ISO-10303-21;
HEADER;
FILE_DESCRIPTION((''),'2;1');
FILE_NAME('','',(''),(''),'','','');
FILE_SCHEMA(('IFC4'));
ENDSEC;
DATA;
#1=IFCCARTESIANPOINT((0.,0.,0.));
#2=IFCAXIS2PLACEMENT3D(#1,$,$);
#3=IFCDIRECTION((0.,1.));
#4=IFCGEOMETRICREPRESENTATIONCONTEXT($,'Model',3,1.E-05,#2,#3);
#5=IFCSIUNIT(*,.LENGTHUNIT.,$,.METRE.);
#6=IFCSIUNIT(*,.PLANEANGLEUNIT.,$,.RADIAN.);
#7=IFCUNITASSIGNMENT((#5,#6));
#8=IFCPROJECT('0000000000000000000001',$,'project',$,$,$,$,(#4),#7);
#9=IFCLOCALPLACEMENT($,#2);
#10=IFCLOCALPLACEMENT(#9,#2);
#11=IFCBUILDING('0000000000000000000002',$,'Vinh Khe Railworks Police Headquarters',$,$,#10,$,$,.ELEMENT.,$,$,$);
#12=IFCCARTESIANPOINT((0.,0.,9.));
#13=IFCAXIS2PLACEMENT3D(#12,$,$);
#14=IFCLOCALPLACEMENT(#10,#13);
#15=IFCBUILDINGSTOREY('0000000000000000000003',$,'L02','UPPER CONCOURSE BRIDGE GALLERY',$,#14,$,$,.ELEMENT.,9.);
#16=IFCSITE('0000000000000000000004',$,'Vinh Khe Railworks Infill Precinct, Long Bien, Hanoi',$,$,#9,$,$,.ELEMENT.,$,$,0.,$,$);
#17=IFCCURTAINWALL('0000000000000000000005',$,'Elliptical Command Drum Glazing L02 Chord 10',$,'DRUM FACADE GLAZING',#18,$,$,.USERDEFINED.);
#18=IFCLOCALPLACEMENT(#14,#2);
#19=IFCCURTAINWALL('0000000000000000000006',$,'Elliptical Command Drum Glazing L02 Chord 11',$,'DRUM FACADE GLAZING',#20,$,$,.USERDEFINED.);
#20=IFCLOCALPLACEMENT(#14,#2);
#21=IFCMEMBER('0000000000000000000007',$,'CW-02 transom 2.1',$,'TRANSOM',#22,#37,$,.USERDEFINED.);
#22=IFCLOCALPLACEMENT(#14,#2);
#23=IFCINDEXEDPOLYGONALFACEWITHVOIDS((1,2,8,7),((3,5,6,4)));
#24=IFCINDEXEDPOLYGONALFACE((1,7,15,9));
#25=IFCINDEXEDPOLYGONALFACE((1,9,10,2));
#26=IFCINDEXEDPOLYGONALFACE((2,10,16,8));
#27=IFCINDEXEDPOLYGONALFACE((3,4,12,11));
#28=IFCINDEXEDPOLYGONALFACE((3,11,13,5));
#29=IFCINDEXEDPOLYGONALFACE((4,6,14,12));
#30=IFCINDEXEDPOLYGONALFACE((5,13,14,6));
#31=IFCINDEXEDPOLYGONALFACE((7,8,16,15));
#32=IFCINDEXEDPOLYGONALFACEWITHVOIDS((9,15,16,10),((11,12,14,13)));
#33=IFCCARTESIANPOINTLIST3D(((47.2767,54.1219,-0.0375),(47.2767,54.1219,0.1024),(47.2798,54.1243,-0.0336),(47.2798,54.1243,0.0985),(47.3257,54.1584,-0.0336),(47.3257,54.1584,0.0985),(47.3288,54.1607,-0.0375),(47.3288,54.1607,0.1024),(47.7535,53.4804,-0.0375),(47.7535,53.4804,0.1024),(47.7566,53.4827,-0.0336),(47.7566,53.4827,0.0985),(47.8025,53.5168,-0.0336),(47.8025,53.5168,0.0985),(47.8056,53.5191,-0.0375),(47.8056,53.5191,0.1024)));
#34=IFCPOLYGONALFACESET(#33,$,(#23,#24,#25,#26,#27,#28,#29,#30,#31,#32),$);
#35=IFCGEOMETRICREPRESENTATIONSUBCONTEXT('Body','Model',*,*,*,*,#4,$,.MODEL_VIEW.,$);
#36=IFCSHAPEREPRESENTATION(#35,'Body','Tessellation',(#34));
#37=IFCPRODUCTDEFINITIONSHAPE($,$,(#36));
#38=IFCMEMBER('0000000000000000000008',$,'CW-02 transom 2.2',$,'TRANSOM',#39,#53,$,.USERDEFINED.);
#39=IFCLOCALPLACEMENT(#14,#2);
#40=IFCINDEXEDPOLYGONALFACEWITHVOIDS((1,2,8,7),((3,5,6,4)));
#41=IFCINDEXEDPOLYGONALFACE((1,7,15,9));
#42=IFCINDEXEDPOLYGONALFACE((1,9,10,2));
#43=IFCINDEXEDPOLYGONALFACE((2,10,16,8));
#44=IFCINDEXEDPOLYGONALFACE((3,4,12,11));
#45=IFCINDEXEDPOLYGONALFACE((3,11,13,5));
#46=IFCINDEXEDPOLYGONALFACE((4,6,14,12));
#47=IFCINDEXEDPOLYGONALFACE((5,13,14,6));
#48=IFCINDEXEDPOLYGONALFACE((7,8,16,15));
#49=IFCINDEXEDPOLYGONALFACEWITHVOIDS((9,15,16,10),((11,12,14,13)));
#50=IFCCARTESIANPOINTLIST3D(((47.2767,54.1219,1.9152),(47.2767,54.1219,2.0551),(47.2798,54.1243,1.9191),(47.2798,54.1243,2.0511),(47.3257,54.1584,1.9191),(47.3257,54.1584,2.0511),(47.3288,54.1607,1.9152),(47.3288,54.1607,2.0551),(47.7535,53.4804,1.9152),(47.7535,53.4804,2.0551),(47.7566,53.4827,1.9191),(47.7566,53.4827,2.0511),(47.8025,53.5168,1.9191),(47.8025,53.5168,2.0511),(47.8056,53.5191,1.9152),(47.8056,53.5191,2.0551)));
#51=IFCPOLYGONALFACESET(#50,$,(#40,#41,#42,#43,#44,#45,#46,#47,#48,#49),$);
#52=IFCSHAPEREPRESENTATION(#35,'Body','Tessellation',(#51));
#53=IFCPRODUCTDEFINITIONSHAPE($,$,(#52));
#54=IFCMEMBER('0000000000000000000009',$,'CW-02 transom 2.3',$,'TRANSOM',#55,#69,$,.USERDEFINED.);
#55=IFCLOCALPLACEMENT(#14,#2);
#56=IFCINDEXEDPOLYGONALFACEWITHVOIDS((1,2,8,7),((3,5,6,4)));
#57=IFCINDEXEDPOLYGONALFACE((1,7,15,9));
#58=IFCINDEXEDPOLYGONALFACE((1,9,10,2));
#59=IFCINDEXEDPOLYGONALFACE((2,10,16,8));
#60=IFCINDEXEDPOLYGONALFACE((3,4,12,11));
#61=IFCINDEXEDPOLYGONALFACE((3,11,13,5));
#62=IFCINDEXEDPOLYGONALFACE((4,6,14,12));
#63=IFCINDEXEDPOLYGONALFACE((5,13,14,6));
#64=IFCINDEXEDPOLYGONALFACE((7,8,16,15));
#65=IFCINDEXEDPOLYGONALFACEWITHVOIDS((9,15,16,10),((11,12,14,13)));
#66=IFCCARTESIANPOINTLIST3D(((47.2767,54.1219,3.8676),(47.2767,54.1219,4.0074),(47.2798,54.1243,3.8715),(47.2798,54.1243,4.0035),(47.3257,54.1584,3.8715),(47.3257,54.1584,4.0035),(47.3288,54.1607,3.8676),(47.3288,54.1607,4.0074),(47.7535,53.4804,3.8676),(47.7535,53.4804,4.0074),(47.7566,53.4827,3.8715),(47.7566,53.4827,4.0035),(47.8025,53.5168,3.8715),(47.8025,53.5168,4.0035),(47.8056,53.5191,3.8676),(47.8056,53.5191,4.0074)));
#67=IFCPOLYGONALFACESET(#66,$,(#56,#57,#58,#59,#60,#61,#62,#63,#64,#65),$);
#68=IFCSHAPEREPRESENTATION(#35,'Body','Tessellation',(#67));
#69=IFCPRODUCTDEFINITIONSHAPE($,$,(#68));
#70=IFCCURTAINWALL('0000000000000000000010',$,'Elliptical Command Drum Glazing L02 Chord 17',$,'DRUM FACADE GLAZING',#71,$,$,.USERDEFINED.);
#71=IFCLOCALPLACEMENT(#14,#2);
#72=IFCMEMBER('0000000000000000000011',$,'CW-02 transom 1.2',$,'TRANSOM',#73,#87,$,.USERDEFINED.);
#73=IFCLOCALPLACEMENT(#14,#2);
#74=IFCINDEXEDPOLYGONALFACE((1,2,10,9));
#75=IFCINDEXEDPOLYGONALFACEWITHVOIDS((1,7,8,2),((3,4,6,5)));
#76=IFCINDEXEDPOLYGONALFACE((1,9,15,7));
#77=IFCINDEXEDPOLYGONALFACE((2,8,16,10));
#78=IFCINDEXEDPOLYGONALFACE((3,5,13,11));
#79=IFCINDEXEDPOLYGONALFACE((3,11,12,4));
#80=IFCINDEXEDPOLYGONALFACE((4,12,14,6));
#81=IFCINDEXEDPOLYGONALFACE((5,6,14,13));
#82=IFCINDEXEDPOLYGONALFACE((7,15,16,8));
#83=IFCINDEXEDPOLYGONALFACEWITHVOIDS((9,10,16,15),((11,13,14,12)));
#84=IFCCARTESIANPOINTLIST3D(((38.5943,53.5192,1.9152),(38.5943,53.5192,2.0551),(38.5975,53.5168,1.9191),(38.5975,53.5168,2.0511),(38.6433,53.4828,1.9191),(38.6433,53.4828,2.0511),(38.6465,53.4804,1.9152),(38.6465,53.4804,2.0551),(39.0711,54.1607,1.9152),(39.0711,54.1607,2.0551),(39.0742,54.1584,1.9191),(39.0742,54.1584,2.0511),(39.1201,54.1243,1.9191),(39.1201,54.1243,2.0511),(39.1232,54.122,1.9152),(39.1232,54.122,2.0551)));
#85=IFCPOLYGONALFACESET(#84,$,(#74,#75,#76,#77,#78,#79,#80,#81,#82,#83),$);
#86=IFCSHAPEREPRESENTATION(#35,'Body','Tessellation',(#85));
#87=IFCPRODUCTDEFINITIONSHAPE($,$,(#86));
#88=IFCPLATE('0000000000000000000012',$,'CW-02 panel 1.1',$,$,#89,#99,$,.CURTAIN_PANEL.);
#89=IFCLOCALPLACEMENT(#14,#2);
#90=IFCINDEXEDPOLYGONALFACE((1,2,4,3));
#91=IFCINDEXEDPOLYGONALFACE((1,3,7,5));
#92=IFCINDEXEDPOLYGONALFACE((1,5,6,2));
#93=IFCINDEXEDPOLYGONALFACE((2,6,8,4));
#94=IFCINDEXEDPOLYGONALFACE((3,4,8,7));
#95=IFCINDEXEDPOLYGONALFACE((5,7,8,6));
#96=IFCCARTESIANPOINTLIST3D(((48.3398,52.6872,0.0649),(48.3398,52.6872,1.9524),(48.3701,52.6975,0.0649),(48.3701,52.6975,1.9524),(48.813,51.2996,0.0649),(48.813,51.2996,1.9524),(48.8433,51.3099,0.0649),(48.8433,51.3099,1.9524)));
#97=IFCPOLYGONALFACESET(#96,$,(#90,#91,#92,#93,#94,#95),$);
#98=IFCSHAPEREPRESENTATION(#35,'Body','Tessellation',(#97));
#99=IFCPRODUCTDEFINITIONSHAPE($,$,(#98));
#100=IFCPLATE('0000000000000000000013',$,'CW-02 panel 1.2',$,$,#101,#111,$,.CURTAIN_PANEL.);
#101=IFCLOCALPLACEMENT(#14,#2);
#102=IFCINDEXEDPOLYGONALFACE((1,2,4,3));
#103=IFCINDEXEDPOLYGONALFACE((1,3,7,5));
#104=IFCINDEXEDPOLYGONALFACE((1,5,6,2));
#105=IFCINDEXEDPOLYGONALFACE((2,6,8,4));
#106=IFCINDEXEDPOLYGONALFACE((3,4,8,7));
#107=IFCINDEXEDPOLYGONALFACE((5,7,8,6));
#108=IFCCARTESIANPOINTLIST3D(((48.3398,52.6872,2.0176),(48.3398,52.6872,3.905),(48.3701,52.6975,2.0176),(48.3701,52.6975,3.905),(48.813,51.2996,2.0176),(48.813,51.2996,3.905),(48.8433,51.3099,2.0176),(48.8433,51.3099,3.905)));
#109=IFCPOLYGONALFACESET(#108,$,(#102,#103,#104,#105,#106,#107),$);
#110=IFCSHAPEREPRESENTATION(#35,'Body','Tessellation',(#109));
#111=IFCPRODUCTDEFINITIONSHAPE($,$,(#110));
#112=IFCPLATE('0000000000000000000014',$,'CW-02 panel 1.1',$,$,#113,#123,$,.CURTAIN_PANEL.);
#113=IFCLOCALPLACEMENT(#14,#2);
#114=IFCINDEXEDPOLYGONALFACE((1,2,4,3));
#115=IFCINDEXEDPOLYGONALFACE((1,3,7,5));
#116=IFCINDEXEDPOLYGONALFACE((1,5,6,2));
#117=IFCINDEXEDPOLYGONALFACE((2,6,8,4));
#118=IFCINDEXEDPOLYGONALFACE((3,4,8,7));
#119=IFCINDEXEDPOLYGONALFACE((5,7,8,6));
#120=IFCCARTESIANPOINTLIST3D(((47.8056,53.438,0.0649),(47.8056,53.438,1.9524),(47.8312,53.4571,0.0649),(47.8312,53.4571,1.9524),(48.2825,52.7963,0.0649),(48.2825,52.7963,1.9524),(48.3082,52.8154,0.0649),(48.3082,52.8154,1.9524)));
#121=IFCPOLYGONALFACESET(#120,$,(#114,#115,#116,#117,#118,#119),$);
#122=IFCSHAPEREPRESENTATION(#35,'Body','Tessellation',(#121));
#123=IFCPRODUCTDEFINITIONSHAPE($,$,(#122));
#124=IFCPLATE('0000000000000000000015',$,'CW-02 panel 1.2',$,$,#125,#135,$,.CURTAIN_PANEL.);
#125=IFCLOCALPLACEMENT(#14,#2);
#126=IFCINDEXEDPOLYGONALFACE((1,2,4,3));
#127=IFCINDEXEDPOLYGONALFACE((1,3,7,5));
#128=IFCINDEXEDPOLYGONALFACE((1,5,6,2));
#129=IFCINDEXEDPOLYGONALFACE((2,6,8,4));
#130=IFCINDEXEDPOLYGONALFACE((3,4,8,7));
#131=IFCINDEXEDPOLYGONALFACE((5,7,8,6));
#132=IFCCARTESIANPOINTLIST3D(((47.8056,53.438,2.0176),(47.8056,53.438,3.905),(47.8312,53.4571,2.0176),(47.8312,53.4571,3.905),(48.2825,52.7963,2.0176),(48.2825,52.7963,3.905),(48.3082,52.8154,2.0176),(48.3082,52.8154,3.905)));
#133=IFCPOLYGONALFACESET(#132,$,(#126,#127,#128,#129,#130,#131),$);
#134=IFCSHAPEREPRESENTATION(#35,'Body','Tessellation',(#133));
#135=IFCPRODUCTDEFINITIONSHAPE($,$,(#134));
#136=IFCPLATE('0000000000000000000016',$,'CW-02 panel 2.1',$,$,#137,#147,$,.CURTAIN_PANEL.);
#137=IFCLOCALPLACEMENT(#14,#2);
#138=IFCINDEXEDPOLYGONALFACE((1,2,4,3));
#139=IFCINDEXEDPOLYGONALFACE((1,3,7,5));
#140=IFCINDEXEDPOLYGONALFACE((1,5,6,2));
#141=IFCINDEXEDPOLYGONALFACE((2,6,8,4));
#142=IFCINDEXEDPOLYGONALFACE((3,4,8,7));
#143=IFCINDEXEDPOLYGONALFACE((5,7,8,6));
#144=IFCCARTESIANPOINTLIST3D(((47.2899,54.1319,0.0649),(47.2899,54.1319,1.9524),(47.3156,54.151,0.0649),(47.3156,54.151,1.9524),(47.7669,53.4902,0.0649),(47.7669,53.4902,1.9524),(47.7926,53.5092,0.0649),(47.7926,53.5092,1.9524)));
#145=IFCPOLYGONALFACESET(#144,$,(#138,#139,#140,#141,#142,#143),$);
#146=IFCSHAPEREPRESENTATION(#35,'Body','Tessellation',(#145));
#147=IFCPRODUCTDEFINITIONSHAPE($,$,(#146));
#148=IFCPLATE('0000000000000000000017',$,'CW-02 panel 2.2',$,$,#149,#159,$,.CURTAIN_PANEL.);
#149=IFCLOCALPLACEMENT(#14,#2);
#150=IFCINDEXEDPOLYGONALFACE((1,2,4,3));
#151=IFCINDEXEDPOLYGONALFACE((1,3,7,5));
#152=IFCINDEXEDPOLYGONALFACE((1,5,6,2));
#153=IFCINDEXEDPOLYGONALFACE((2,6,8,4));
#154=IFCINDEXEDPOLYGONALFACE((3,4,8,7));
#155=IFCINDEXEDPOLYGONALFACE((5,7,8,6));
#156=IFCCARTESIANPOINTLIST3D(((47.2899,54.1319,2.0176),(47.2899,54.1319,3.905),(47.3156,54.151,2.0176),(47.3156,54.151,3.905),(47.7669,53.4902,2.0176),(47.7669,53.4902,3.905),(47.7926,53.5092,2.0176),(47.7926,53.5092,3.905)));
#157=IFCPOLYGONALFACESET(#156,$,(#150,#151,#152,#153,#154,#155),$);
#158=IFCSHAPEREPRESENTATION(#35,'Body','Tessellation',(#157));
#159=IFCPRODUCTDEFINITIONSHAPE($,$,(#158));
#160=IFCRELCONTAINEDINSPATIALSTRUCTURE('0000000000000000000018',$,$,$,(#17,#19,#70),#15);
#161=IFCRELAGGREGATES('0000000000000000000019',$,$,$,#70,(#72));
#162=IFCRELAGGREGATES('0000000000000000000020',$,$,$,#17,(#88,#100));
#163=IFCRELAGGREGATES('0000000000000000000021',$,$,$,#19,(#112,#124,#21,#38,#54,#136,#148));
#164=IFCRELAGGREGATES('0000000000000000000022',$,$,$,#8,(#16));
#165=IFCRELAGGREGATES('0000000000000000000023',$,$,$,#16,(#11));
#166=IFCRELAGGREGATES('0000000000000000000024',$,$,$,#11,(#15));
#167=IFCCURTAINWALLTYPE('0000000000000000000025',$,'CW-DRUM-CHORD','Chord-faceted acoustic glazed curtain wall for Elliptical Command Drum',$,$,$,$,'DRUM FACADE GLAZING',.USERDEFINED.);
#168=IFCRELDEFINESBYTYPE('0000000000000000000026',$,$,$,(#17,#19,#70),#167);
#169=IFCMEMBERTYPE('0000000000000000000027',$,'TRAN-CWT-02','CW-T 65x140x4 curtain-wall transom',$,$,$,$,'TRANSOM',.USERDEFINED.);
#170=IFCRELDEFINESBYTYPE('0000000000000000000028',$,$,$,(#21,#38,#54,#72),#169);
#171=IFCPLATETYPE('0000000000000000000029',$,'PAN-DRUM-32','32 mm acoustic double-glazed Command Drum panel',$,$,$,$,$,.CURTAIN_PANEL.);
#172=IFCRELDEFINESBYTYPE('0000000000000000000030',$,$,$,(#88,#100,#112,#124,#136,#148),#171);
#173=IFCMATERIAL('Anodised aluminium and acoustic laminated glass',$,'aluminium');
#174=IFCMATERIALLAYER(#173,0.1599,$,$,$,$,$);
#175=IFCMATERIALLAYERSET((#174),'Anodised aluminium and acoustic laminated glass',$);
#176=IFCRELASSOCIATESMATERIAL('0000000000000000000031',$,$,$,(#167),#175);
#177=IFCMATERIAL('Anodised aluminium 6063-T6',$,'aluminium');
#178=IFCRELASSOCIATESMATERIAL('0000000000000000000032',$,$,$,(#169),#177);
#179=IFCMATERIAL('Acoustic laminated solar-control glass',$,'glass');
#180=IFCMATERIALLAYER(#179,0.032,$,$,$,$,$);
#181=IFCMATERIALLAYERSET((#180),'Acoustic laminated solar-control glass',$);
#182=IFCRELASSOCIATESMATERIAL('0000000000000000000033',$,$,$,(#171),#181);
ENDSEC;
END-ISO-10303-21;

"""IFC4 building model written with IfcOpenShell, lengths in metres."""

from ifc_helpers import new_model, si_unit, direction, frame, origin, origin_2d, place, context, subcontext, project, spatial, rectangle, hollow_rectangle, extrude, material, layer, layer_set, material_profile, profile_set, type_object, element, aggregate, save


model = new_model("IFC4")

# Units and contexts
model_context = context("Model", 3, precision=1e-05, world=origin(), true_north=direction((0.0, 1.0)))
body_context = subcontext(model_context, "Body", "Model", "MODEL_VIEW")
ifc_project = project(units=[si_unit("LENGTHUNIT", "METRE"), si_unit("PLANEANGLEUNIT", "RADIAN")], contexts=[model_context])

# Site, building, storey
site_placement = place(None, origin())
site = spatial("IfcSite", under=ifc_project, at=site_placement, Name="Vinh Khe Railworks Infill Precinct, Long Bien, Hanoi", CompositionType="ELEMENT", RefElevation=0.0)
building_placement = place(site_placement, origin())
building = spatial("IfcBuilding", under=site, at=building_placement, Name="Vinh Khe Railworks Police Headquarters", CompositionType="ELEMENT")
storey_placement = place(building_placement, frame((0.0, 0.0, 9.0)))
storey = spatial("IfcBuildingStorey", under=building, at=storey_placement, Name="L02", Description="UPPER CONCOURSE BRIDGE GALLERY", CompositionType="ELEMENT", Elevation=9.0)

# Curtain wall
ifc_material_1 = material(Name="Anodised aluminium and acoustic laminated glass", Category="aluminium")
ifc_layer_1 = layer(ifc_material_1, 0.1599)
ifc_layer_set_1 = layer_set([ifc_layer_1], Name="Anodised aluminium and acoustic laminated glass")
curtain_wall_type = type_object("IfcCurtainWallType", Name="CW-DRUM-CHORD", Description="Chord-faceted acoustic glazed curtain wall for Elliptical Command Drum", ElementType="DRUM FACADE GLAZING", PredefinedType="USERDEFINED", material=ifc_layer_set_1)
curtain_wall_1_placement = place(storey_placement, origin())
curtain_wall_1 = element("IfcCurtainWall", 1, at=curtain_wall_1_placement, inside=storey, type_object=curtain_wall_type, Name="Elliptical Command Drum Glazing L02 Chord 10", ObjectType="DRUM FACADE GLAZING", PredefinedType="USERDEFINED")
ifc_material_2 = material(Name="Anodised aluminium 6063-T6", Category="aluminium")

# Curtain wall
curtain_wall_2_placement = place(storey_placement, origin())
curtain_wall_2 = element("IfcCurtainWall", 2, at=curtain_wall_2_placement, inside=storey, type_object=curtain_wall_type, Name="Elliptical Command Drum Glazing L02 Chord 11", ObjectType="DRUM FACADE GLAZING", PredefinedType="USERDEFINED")

# Members
ifc_material_profile_1 = material_profile(ifc_material_2, hollow_rectangle(XDim=0.0649, YDim=0.1399, WallThickness=0.0039, at=origin_2d()), Name="CW-T 65x140x4")
ifc_profile_set_1 = profile_set([ifc_material_profile_1], Name="Anodised aluminium 6063-T6")
member_type_1 = type_object("IfcMemberType", Name="TRAN-CWT-02", Description="CW-T 65x140x4 curtain-wall transom", ElementType="TRANSOM", PredefinedType="USERDEFINED", material=ifc_profile_set_1)
member_1_placement = place(storey_placement, frame((47.7795, 53.4998, 0.0325), z_axis=(-0.596476, 0.802631, 0.0), x_axis=(-0.802631, -0.596476, 0.0)))
member_1 = element("IfcMember", 3, at=member_1_placement, type_object=member_type_1, Name="CW-02 transom 2.1", ObjectType="TRANSOM", PredefinedType="USERDEFINED", context=body_context, shape_type="SweptSolid", body=[
    extrude(hollow_rectangle(XDim=0.0649, YDim=0.1399, WallThickness=0.0039, at=origin_2d()), origin(), (0.0, 0.0, 1.0), 0.7993),
])
member_2_placement = place(storey_placement, frame((47.7795, 53.4998, 1.9851), z_axis=(-0.596476, 0.802631, 0.0), x_axis=(-0.802631, -0.596476, 0.0)))
member_2 = element("IfcMember", 4, at=member_2_placement, type_object=member_type_1, Name="CW-02 transom 2.2", ObjectType="TRANSOM", PredefinedType="USERDEFINED", context=body_context, shape_type="SweptSolid", body=[
    extrude(hollow_rectangle(XDim=0.0649, YDim=0.1399, WallThickness=0.0039, at=origin_2d()), origin(), (0.0, 0.0, 1.0), 0.7993),
])
member_3_placement = place(storey_placement, frame((47.7795, 53.4998, 3.9375), z_axis=(-0.596476, 0.802631, 0.0), x_axis=(-0.802631, -0.596476, 0.0)))
member_3 = element("IfcMember", 5, at=member_3_placement, type_object=member_type_1, Name="CW-02 transom 2.3", ObjectType="TRANSOM", PredefinedType="USERDEFINED", context=body_context, shape_type="SweptSolid", body=[
    extrude(hollow_rectangle(XDim=0.0649, YDim=0.1399, WallThickness=0.0039, at=origin_2d()), origin(), (0.0, 0.0, 1.0), 0.7993),
])

# Curtain wall, member
curtain_wall_3_placement = place(storey_placement, origin())
curtain_wall_3 = element("IfcCurtainWall", 6, at=curtain_wall_3_placement, inside=storey, type_object=curtain_wall_type, Name="Elliptical Command Drum Glazing L02 Chord 17", ObjectType="DRUM FACADE GLAZING", PredefinedType="USERDEFINED")
member_4_placement = place(storey_placement, frame((39.0972, 54.1414, 1.9851), z_axis=(-0.596476, -0.802631, 0.0), x_axis=(0.802631, -0.596476, 0.0)))
member_4 = element("IfcMember", 7, at=member_4_placement, type_object=member_type_1, Name="CW-02 transom 1.2", ObjectType="TRANSOM", PredefinedType="USERDEFINED", context=body_context, shape_type="SweptSolid", body=[
    extrude(hollow_rectangle(XDim=0.0649, YDim=0.1399, WallThickness=0.0039, at=origin_2d()), origin(), (0.0, 0.0, 1.0), 0.7993),
])
aggregate(curtain_wall_3, [member_4])

# Plates
ifc_material_3 = material(Name="Acoustic laminated solar-control glass", Category="glass")
ifc_layer_2 = layer(ifc_material_3, 0.032)
ifc_layer_set_2 = layer_set([ifc_layer_2], Name="Acoustic laminated solar-control glass")
plate_type = type_object("IfcPlateType", Name="PAN-DRUM-32", Description="32 mm acoustic double-glazed Command Drum panel", PredefinedType="CURTAIN_PANEL", material=ifc_layer_set_2)
plate_1_placement = place(storey_placement, frame((48.5916, 51.9985, 0.0649), z_axis=(0.0, 0.0, 1.0), x_axis=(-0.322746, 0.946486, 0.0)))
plate_1 = element("IfcPlate", 8, at=plate_1_placement, type_object=plate_type, Name="CW-02 panel 1.1", PredefinedType="CURTAIN_PANEL", context=body_context, shape_type="SweptSolid", body=[
    extrude(rectangle(XDim=1.4661, YDim=0.032, at=origin_2d()), origin(), (0.0, 0.0, 1.0), 1.8875),
])
plate_2_placement = place(storey_placement, frame((48.5916, 51.9985, 2.0176), z_axis=(0.0, 0.0, 1.0), x_axis=(-0.322746, 0.946486, 0.0)))
plate_2 = element("IfcPlate", 9, at=plate_2_placement, type_object=plate_type, Name="CW-02 panel 1.2", PredefinedType="CURTAIN_PANEL", context=body_context, shape_type="SweptSolid", body=[
    extrude(rectangle(XDim=1.4661, YDim=0.032, at=origin_2d()), origin(), (0.0, 0.0, 1.0), 1.8875),
])
aggregate(curtain_wall_1, [plate_1, plate_2])
plate_3_placement = place(storey_placement, frame((48.0569, 53.1267, 0.0649), z_axis=(0.0, 0.0, 1.0), x_axis=(-0.596528, 0.802592, 0.0)))
plate_3 = element("IfcPlate", 10, at=plate_3_placement, type_object=plate_type, Name="CW-02 panel 1.1", PredefinedType="CURTAIN_PANEL", context=body_context, shape_type="SweptSolid", body=[
    extrude(rectangle(XDim=0.7996, YDim=0.032, at=origin_2d()), origin(), (0.0, 0.0, 1.0), 1.8875),
])
plate_4_placement = place(storey_placement, frame((48.0569, 53.1267, 2.0176), z_axis=(0.0, 0.0, 1.0), x_axis=(-0.596528, 0.802592, 0.0)))
plate_4 = element("IfcPlate", 11, at=plate_4_placement, type_object=plate_type, Name="CW-02 panel 1.2", PredefinedType="CURTAIN_PANEL", context=body_context, shape_type="SweptSolid", body=[
    extrude(rectangle(XDim=0.7996, YDim=0.032, at=origin_2d()), origin(), (0.0, 0.0, 1.0), 1.8875),
])
plate_5_placement = place(storey_placement, frame((47.5413, 53.8206, 0.0649), z_axis=(0.0, 0.0, 1.0), x_axis=(-0.596528, 0.802592, 0.0)))
plate_5 = element("IfcPlate", 12, at=plate_5_placement, type_object=plate_type, Name="CW-02 panel 2.1", PredefinedType="CURTAIN_PANEL", context=body_context, shape_type="SweptSolid", body=[
    extrude(rectangle(XDim=0.7996, YDim=0.032, at=origin_2d()), origin(), (0.0, 0.0, 1.0), 1.8875),
])
plate_6_placement = place(storey_placement, frame((47.5413, 53.8206, 2.0176), z_axis=(0.0, 0.0, 1.0), x_axis=(-0.596528, 0.802592, 0.0)))
plate_6 = element("IfcPlate", 13, at=plate_6_placement, type_object=plate_type, Name="CW-02 panel 2.2", PredefinedType="CURTAIN_PANEL", context=body_context, shape_type="SweptSolid", body=[
    extrude(rectangle(XDim=0.7996, YDim=0.032, at=origin_2d()), origin(), (0.0, 0.0, 1.0), 1.8875),
])
aggregate(curtain_wall_2, [plate_3, plate_4, member_1, member_2, member_3, plate_5, plate_6])

save(model, "model.ifc")
